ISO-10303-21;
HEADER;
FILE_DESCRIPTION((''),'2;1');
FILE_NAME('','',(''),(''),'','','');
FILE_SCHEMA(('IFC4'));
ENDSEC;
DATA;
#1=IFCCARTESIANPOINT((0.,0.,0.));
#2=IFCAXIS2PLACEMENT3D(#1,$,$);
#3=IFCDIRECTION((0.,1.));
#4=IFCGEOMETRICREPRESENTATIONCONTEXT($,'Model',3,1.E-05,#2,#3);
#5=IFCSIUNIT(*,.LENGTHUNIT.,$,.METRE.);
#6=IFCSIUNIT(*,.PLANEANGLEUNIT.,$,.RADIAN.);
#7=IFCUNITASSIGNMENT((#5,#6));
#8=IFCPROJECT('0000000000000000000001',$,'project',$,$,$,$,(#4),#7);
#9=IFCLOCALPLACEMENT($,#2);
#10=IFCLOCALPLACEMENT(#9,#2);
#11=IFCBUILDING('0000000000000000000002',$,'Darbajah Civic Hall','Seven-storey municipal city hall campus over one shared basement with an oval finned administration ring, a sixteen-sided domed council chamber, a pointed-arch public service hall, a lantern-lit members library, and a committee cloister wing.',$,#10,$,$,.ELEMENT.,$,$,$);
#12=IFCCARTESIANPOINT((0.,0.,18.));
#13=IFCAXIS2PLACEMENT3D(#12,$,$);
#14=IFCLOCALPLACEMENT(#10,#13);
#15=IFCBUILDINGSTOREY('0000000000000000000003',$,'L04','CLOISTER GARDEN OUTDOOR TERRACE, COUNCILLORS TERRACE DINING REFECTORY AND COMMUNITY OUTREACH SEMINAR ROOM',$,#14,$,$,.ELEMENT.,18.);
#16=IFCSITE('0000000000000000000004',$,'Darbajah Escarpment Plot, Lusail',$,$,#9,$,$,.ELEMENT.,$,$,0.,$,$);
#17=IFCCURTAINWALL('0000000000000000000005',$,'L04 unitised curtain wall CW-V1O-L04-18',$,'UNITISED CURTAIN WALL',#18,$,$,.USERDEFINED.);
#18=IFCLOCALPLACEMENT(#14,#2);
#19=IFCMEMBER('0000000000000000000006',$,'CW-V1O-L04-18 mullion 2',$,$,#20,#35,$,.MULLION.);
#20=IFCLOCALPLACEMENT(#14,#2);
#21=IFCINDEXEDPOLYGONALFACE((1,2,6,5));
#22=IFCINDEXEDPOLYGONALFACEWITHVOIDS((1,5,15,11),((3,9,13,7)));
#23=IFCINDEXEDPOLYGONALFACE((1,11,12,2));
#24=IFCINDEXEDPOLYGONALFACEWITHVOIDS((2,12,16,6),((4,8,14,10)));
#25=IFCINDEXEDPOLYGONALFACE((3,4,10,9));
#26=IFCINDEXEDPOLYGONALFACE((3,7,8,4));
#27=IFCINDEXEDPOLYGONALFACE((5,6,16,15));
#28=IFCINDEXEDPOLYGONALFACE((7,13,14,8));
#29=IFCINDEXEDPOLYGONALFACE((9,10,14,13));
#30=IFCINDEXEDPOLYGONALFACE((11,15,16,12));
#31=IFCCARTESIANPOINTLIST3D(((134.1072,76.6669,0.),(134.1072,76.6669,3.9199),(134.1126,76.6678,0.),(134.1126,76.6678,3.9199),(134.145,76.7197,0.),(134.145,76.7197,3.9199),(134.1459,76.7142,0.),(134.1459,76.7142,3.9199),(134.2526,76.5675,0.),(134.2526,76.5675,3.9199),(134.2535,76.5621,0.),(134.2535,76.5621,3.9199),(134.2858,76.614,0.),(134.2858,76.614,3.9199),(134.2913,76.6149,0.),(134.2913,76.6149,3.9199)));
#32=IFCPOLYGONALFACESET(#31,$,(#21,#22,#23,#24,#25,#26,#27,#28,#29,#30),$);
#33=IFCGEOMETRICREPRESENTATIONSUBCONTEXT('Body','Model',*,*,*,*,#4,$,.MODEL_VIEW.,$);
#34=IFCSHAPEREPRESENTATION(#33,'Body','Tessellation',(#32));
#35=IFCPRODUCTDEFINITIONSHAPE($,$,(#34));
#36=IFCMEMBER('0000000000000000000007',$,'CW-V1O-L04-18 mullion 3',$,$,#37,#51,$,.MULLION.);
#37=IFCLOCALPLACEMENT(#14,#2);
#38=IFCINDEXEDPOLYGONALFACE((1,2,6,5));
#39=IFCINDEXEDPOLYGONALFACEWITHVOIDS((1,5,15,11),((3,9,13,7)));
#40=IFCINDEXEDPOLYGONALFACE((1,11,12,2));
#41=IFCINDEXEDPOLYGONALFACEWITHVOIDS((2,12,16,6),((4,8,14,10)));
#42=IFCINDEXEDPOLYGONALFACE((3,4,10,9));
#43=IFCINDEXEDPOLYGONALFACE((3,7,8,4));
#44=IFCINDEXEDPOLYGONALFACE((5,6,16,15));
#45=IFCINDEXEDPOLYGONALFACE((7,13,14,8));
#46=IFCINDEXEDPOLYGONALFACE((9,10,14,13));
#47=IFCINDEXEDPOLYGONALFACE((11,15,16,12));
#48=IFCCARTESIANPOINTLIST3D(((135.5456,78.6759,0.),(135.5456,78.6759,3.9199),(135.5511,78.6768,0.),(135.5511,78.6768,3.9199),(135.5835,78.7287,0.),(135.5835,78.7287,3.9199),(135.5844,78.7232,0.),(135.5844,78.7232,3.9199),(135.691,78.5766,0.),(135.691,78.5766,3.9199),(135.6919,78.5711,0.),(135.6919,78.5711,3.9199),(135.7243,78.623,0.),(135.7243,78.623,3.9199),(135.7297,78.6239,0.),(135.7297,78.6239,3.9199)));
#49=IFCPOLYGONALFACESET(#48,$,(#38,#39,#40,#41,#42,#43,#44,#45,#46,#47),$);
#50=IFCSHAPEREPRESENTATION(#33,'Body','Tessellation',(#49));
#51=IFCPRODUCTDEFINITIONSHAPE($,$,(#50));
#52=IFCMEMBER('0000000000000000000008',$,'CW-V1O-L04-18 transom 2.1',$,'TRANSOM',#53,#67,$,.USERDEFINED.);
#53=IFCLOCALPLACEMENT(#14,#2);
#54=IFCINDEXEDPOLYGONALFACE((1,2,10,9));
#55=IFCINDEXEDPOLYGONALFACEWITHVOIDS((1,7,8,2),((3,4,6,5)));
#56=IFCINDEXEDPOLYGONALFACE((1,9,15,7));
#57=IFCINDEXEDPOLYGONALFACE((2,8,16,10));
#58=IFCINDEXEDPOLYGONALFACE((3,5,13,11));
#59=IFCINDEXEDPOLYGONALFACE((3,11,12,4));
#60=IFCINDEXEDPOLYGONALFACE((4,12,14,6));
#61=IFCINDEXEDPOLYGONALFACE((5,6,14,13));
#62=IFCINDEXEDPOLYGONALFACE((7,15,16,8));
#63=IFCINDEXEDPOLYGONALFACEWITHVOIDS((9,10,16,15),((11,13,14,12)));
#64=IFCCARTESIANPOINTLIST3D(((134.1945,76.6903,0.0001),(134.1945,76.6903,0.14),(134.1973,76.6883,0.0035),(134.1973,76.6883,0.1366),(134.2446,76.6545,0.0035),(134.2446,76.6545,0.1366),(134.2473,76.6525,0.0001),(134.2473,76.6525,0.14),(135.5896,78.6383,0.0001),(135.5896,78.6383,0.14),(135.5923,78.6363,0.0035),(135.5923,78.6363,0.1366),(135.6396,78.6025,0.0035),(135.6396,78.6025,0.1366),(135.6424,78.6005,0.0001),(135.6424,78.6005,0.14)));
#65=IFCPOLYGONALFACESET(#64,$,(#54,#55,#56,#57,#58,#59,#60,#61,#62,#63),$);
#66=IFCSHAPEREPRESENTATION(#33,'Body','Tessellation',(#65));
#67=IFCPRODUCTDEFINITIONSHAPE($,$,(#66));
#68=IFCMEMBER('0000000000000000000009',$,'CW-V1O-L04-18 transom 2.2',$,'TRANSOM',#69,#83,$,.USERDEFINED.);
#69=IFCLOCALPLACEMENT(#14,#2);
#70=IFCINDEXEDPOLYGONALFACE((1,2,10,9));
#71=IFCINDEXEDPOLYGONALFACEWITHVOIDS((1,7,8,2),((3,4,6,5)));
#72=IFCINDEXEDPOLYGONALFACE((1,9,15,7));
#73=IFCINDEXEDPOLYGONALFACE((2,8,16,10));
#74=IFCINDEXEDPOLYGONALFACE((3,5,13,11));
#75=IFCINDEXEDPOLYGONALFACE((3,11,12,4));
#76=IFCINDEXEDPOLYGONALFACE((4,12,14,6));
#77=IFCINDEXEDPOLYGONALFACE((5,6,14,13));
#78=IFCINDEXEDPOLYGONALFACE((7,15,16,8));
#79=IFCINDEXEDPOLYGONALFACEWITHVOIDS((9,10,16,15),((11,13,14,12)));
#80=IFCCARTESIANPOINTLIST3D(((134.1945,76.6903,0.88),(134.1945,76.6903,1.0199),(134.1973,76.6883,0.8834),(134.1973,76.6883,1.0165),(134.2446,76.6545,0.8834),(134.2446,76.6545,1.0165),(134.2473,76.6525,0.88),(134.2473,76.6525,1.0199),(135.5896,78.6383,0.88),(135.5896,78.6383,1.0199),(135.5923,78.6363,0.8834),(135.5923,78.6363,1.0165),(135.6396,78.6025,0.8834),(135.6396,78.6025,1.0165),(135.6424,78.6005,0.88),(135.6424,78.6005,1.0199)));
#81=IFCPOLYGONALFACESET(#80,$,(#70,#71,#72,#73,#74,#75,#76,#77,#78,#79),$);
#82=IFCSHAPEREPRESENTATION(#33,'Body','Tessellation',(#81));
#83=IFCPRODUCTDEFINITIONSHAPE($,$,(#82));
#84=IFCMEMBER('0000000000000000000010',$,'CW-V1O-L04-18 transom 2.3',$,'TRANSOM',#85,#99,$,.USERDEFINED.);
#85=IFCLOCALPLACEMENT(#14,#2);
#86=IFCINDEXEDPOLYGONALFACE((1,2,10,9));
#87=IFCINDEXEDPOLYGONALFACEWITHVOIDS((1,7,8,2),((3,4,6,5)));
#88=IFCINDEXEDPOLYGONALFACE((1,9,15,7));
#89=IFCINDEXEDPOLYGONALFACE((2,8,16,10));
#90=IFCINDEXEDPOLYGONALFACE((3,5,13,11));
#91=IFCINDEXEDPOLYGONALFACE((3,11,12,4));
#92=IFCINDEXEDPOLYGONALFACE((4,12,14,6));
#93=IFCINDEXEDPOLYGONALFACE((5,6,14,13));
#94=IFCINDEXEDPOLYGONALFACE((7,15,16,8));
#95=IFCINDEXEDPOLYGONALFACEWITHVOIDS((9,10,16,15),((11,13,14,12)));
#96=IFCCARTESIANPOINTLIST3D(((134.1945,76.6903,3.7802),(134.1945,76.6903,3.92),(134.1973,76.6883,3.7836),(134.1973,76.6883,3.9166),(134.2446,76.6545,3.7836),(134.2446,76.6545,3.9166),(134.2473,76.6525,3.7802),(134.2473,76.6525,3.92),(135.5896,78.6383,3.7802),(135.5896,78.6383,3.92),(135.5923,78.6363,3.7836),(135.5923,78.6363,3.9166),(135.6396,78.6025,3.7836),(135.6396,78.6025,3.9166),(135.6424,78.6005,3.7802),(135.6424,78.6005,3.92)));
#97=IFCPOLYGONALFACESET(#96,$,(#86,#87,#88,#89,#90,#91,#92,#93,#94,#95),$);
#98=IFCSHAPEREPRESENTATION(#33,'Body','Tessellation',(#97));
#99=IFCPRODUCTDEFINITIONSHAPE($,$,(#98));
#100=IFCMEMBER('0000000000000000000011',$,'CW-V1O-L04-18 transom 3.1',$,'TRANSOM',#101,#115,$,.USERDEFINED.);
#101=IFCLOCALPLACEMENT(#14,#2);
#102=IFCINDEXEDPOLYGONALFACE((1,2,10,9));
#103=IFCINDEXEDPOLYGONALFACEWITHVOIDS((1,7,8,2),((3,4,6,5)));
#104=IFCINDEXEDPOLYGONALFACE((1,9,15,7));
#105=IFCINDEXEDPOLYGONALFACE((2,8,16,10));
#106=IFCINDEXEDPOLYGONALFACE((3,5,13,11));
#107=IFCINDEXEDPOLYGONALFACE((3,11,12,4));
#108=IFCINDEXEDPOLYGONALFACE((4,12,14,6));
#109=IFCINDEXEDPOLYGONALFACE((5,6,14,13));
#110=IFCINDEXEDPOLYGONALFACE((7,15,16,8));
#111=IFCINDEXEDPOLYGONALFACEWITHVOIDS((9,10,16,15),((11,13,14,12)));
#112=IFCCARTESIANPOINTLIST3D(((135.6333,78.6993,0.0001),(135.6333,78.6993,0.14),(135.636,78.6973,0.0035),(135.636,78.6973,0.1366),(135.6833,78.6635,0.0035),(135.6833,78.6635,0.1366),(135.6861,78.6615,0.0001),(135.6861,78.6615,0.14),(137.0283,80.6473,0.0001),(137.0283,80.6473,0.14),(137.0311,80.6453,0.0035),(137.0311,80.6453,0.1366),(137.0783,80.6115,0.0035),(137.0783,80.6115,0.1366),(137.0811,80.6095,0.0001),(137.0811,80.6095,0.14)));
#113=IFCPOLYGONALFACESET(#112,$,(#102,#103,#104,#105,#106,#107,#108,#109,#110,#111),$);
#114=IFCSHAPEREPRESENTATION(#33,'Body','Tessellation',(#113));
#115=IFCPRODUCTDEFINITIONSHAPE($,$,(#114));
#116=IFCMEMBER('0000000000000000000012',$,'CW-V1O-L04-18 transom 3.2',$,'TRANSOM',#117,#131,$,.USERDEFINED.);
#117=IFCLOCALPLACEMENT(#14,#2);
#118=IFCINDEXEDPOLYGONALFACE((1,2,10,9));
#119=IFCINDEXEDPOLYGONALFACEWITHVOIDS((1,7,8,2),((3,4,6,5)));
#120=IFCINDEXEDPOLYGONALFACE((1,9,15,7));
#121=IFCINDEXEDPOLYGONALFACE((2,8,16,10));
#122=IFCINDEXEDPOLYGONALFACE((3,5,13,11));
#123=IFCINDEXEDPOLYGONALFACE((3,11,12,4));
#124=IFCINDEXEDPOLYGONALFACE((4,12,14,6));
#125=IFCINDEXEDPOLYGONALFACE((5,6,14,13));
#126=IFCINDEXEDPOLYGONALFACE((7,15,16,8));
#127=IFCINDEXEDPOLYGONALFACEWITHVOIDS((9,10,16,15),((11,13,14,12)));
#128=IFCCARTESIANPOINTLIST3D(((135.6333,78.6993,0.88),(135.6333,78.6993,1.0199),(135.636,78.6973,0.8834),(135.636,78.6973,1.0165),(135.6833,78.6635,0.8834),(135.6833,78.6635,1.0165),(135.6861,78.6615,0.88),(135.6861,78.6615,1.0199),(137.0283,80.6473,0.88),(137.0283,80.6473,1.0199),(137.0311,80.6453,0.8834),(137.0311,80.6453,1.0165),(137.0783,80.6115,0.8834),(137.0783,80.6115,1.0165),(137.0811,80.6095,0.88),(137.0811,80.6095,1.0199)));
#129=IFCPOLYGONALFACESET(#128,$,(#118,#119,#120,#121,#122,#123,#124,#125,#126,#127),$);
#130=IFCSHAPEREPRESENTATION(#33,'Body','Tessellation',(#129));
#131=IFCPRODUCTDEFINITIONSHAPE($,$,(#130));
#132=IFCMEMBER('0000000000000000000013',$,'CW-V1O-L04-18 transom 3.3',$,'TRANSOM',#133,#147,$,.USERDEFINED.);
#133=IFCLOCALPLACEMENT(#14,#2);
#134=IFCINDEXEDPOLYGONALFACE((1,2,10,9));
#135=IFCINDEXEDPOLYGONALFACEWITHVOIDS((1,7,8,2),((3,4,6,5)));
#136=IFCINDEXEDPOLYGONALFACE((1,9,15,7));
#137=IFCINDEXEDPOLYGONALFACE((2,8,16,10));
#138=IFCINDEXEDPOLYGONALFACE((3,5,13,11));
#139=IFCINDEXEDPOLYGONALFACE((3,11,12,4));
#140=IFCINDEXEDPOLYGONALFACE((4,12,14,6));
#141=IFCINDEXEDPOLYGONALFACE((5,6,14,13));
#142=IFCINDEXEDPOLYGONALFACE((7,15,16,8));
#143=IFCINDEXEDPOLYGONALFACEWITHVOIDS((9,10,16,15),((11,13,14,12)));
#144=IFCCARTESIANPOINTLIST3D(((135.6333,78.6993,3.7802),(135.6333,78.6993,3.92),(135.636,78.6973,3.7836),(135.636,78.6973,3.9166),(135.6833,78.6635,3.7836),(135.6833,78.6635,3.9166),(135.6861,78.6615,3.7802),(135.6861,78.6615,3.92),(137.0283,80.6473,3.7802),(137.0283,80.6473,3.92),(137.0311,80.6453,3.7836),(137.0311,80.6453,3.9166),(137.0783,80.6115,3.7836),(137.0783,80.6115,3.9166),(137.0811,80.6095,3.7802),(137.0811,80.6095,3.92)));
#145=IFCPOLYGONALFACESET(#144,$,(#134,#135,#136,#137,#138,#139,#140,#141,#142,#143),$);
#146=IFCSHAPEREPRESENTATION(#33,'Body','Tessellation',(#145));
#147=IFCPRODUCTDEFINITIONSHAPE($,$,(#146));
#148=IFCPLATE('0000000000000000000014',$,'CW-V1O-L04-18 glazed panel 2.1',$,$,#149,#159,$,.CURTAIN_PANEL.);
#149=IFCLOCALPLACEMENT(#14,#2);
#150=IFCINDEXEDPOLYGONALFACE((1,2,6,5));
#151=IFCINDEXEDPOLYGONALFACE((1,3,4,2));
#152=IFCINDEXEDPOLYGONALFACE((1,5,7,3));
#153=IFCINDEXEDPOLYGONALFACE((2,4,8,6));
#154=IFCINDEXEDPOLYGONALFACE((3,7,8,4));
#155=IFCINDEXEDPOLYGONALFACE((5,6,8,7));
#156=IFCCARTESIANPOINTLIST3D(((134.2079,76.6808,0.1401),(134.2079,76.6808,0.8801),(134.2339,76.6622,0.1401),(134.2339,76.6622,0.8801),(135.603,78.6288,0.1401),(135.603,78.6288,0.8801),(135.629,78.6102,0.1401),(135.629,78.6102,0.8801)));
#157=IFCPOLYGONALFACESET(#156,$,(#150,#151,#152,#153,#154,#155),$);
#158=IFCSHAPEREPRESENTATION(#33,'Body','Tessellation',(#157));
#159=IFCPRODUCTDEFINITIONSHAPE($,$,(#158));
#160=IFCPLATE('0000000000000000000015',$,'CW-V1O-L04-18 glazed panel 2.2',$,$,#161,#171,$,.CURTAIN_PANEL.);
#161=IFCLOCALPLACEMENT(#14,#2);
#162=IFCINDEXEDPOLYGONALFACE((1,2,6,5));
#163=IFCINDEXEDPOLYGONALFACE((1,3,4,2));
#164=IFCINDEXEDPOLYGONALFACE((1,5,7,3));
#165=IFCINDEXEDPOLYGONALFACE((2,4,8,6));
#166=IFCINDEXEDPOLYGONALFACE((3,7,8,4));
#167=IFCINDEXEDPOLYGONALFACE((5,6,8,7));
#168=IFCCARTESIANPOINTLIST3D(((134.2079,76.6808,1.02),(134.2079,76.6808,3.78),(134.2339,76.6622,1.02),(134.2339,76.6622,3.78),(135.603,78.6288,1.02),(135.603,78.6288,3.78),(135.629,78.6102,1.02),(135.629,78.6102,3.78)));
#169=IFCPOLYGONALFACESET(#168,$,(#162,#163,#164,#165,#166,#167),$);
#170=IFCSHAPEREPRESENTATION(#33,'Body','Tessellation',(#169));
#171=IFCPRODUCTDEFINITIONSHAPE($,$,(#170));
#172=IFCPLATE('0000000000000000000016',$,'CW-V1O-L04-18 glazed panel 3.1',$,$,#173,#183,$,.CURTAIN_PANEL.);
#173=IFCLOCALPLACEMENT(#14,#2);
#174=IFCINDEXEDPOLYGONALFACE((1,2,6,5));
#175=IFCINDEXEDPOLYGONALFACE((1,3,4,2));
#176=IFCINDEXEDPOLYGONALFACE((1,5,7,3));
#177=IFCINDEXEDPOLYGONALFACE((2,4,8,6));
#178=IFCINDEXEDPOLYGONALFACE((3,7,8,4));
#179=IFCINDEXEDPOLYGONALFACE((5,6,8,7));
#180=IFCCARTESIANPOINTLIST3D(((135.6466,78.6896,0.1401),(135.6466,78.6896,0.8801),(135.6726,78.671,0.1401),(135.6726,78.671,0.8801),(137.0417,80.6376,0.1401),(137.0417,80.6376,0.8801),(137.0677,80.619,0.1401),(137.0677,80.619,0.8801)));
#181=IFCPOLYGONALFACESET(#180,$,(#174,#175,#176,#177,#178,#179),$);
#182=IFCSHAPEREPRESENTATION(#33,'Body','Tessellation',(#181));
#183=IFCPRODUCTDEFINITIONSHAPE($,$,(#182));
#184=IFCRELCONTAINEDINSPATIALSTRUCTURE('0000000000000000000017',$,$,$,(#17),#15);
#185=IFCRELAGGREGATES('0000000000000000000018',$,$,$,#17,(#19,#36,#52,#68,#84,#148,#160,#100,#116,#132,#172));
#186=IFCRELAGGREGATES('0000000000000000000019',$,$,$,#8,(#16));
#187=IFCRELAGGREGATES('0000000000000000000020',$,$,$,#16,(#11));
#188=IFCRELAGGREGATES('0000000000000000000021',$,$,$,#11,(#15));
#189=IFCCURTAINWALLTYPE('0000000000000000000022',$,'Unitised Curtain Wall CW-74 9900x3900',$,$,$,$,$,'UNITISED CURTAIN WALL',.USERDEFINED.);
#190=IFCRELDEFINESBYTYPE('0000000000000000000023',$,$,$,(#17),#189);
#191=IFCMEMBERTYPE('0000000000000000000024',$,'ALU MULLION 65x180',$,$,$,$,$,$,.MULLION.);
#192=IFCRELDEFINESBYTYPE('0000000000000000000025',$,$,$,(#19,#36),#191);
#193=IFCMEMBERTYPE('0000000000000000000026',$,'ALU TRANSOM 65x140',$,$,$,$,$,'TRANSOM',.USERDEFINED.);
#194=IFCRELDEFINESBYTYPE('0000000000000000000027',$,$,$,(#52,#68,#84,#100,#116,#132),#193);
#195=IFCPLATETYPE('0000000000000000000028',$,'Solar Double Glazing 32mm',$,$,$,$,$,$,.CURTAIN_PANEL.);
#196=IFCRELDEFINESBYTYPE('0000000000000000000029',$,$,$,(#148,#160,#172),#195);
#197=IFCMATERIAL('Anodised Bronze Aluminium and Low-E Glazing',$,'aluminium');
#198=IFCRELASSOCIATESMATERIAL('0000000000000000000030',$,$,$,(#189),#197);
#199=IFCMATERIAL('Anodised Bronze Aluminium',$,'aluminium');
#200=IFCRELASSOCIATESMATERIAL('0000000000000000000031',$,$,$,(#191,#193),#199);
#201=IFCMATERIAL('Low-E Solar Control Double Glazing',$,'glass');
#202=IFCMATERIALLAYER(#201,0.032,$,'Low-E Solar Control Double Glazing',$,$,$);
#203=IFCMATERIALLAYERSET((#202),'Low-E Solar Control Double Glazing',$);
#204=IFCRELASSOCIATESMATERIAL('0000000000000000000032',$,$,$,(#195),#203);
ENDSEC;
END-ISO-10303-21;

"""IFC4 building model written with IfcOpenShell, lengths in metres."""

from ifc_helpers import new_model, si_unit, direction, frame, origin, origin_2d, place, context, subcontext, project, spatial, rectangle, hollow_rectangle, extrude, material, layer, layer_set, material_profile, profile_set, type_object, element, aggregate, save


model = new_model("IFC4")

# Units and contexts
model_context = context("Model", 3, precision=1e-05, world=origin(), true_north=direction((0.0, 1.0)))
body_context = subcontext(model_context, "Body", "Model", "MODEL_VIEW")
ifc_project = project(units=[si_unit("LENGTHUNIT", "METRE"), si_unit("PLANEANGLEUNIT", "RADIAN")], contexts=[model_context])

# Site, building, storey
site_placement = place(None, origin())
site = spatial("IfcSite", under=ifc_project, at=site_placement, Name="Darbajah Escarpment Plot, Lusail", CompositionType="ELEMENT", RefElevation=0.0)
building_placement = place(site_placement, origin())
building = spatial("IfcBuilding", under=site, at=building_placement, Name="Darbajah Civic Hall", Description="Seven-storey municipal city hall campus over one shared basement with an oval finned administration ring, a sixteen-sided domed council chamber, a pointed-arch public service hall, a lantern-lit members library, and a committee cloister wing.", CompositionType="ELEMENT")
storey_placement = place(building_placement, frame((0.0, 0.0, 18.0)))
storey = spatial("IfcBuildingStorey", under=building, at=storey_placement, Name="L04", Description="CLOISTER GARDEN OUTDOOR TERRACE, COUNCILLORS TERRACE DINING REFECTORY AND COMMUNITY OUTREACH SEMINAR ROOM", CompositionType="ELEMENT", Elevation=18.0)

# Curtain wall, members, plates
ifc_material_1 = material(Name="Anodised Bronze Aluminium and Low-E Glazing", Category="aluminium")
curtain_wall_type = type_object("IfcCurtainWallType", Name="Unitised Curtain Wall CW-74 9900x3900", ElementType="UNITISED CURTAIN WALL", PredefinedType="USERDEFINED", material=ifc_material_1)
curtain_wall_placement = place(storey_placement, origin())
curtain_wall = element("IfcCurtainWall", 1, at=curtain_wall_placement, inside=storey, type_object=curtain_wall_type, Name="L04 unitised curtain wall CW-V1O-L04-18", ObjectType="UNITISED CURTAIN WALL", PredefinedType="USERDEFINED")
ifc_material_2 = material(Name="Anodised Bronze Aluminium", Category="aluminium")
ifc_material_profile_1 = material_profile(ifc_material_2, hollow_rectangle(XDim=0.0649, YDim=0.1799, WallThickness=0.0039, at=origin_2d()), Name="ALU MULLION 65x180")
ifc_profile_set_1 = profile_set([ifc_material_profile_1], Name="Anodised Bronze Aluminium")
member_type_1 = type_object("IfcMemberType", Name="ALU MULLION 65x180", PredefinedType="MULLION", material=ifc_profile_set_1)
member_1_placement = place(storey_placement, frame((134.1992, 76.6409, 0.0), z_axis=(0.0, 0.0, 1.0), x_axis=(0.582265, 0.812999, 0.0)))
member_1 = element("IfcMember", 2, at=member_1_placement, type_object=member_type_1, Name="CW-V1O-L04-18 mullion 2", PredefinedType="MULLION", context=body_context, shape_type="SweptSolid", body=[
    extrude(hollow_rectangle(XDim=0.0649, YDim=0.1799, WallThickness=0.0039, at=origin_2d()), origin(), (0.0, 0.0, 1.0), 3.9199),
])
member_2_placement = place(storey_placement, frame((135.6377, 78.6499, 0.0), z_axis=(0.0, 0.0, 1.0), x_axis=(0.582265, 0.812999, 0.0)))
member_2 = element("IfcMember", 3, at=member_2_placement, type_object=member_type_1, Name="CW-V1O-L04-18 mullion 3", PredefinedType="MULLION", context=body_context, shape_type="SweptSolid", body=[
    extrude(hollow_rectangle(XDim=0.0649, YDim=0.1799, WallThickness=0.0039, at=origin_2d()), origin(), (0.0, 0.0, 1.0), 3.9199),
])
ifc_material_profile_2 = material_profile(ifc_material_2, hollow_rectangle(XDim=0.0649, YDim=0.1399, WallThickness=0.0034, at=origin_2d()), Name="ALU TRANSOM 65x140")
ifc_profile_set_2 = profile_set([ifc_material_profile_2], Name="Anodised Bronze Aluminium")
member_type_2 = type_object("IfcMemberType", Name="ALU TRANSOM 65x140", ElementType="TRANSOM", PredefinedType="USERDEFINED", material=ifc_profile_set_2)
member_3_placement = place(storey_placement, frame((134.2209, 76.6714, 0.0701), z_axis=(0.582231, 0.813024, 0.0), x_axis=(-0.813024, 0.582231, 0.0)))
member_3 = element("IfcMember", 4, at=member_3_placement, type_object=member_type_2, Name="CW-V1O-L04-18 transom 2.1", ObjectType="TRANSOM", PredefinedType="USERDEFINED", context=body_context, shape_type="SweptSolid", body=[
    extrude(hollow_rectangle(XDim=0.0649, YDim=0.1399, WallThickness=0.0034, at=origin_2d()), origin(), (0.0, 0.0, 1.0), 2.396),
])
member_4_placement = place(storey_placement, frame((134.2209, 76.6714, 0.95), z_axis=(0.582231, 0.813024, 0.0), x_axis=(-0.813024, 0.582231, 0.0)))
member_4 = element("IfcMember", 5, at=member_4_placement, type_object=member_type_2, Name="CW-V1O-L04-18 transom 2.2", ObjectType="TRANSOM", PredefinedType="USERDEFINED", context=body_context, shape_type="SweptSolid", body=[
    extrude(hollow_rectangle(XDim=0.0649, YDim=0.1399, WallThickness=0.0034, at=origin_2d()), origin(), (0.0, 0.0, 1.0), 2.396),
])
member_5_placement = place(storey_placement, frame((134.2209, 76.6714, 3.8501), z_axis=(0.582231, 0.813024, 0.0), x_axis=(-0.813024, 0.582231, 0.0)))
member_5 = element("IfcMember", 6, at=member_5_placement, type_object=member_type_2, Name="CW-V1O-L04-18 transom 2.3", ObjectType="TRANSOM", PredefinedType="USERDEFINED", context=body_context, shape_type="SweptSolid", body=[
    extrude(hollow_rectangle(XDim=0.0649, YDim=0.1399, WallThickness=0.0034, at=origin_2d()), origin(), (0.0, 0.0, 1.0), 2.396),
])
member_6_placement = place(storey_placement, frame((135.6597, 78.6804, 0.0701), z_axis=(0.582231, 0.813024, 0.0), x_axis=(-0.813024, 0.582231, 0.0)))
member_6 = element("IfcMember", 7, at=member_6_placement, type_object=member_type_2, Name="CW-V1O-L04-18 transom 3.1", ObjectType="TRANSOM", PredefinedType="USERDEFINED", context=body_context, shape_type="SweptSolid", body=[
    extrude(hollow_rectangle(XDim=0.0649, YDim=0.1399, WallThickness=0.0034, at=origin_2d()), origin(), (0.0, 0.0, 1.0), 2.396),
])
member_7_placement = place(storey_placement, frame((135.6597, 78.6804, 0.95), z_axis=(0.582231, 0.813024, 0.0), x_axis=(-0.813024, 0.582231, 0.0)))
member_7 = element("IfcMember", 8, at=member_7_placement, type_object=member_type_2, Name="CW-V1O-L04-18 transom 3.2", ObjectType="TRANSOM", PredefinedType="USERDEFINED", context=body_context, shape_type="SweptSolid", body=[
    extrude(hollow_rectangle(XDim=0.0649, YDim=0.1399, WallThickness=0.0034, at=origin_2d()), origin(), (0.0, 0.0, 1.0), 2.396),
])
member_8_placement = place(storey_placement, frame((135.6597, 78.6804, 3.8501), z_axis=(0.582231, 0.813024, 0.0), x_axis=(-0.813024, 0.582231, 0.0)))
member_8 = element("IfcMember", 9, at=member_8_placement, type_object=member_type_2, Name="CW-V1O-L04-18 transom 3.3", ObjectType="TRANSOM", PredefinedType="USERDEFINED", context=body_context, shape_type="SweptSolid", body=[
    extrude(hollow_rectangle(XDim=0.0649, YDim=0.1399, WallThickness=0.0034, at=origin_2d()), origin(), (0.0, 0.0, 1.0), 2.396),
])
ifc_material_3 = material(Name="Low-E Solar Control Double Glazing", Category="glass")
ifc_layer = layer(ifc_material_3, 0.032, Name="Low-E Solar Control Double Glazing")
ifc_layer_set = layer_set([ifc_layer], Name="Low-E Solar Control Double Glazing")
plate_type = type_object("IfcPlateType", Name="Solar Double Glazing 32mm", PredefinedType="CURTAIN_PANEL", material=ifc_layer_set)
plate_1_placement = place(storey_placement, frame((134.9185, 77.6455, 0.1401), z_axis=(0.0, 0.0, 1.0), x_axis=(0.582265, 0.812999, 0.0)))
plate_1 = element("IfcPlate", 10, at=plate_1_placement, type_object=plate_type, Name="CW-V1O-L04-18 glazed panel 2.1", PredefinedType="CURTAIN_PANEL", context=body_context, shape_type="SweptSolid", body=[
    extrude(rectangle(XDim=2.396, YDim=0.032, at=origin_2d()), origin(), (0.0, 0.0, 1.0), 0.74),
])
plate_2_placement = place(storey_placement, frame((134.9185, 77.6455, 1.02), z_axis=(0.0, 0.0, 1.0), x_axis=(0.582265, 0.812999, 0.0)))
plate_2 = element("IfcPlate", 11, at=plate_2_placement, type_object=plate_type, Name="CW-V1O-L04-18 glazed panel 2.2", PredefinedType="CURTAIN_PANEL", context=body_context, shape_type="SweptSolid", body=[
    extrude(rectangle(XDim=2.396, YDim=0.032, at=origin_2d()), origin(), (0.0, 0.0, 1.0), 2.76),
])
plate_3_placement = place(storey_placement, frame((136.3572, 79.6543, 0.1401), z_axis=(0.0, 0.0, 1.0), x_axis=(0.582265, 0.812999, 0.0)))
plate_3 = element("IfcPlate", 12, at=plate_3_placement, type_object=plate_type, Name="CW-V1O-L04-18 glazed panel 3.1", PredefinedType="CURTAIN_PANEL", context=body_context, shape_type="SweptSolid", body=[
    extrude(rectangle(XDim=2.396, YDim=0.032, at=origin_2d()), origin(), (0.0, 0.0, 1.0), 0.74),
])
aggregate(curtain_wall, [member_1, member_2, member_3, member_4, member_5, plate_1, plate_2, member_6, member_7, member_8, plate_3])

save(model, "model.ifc")
